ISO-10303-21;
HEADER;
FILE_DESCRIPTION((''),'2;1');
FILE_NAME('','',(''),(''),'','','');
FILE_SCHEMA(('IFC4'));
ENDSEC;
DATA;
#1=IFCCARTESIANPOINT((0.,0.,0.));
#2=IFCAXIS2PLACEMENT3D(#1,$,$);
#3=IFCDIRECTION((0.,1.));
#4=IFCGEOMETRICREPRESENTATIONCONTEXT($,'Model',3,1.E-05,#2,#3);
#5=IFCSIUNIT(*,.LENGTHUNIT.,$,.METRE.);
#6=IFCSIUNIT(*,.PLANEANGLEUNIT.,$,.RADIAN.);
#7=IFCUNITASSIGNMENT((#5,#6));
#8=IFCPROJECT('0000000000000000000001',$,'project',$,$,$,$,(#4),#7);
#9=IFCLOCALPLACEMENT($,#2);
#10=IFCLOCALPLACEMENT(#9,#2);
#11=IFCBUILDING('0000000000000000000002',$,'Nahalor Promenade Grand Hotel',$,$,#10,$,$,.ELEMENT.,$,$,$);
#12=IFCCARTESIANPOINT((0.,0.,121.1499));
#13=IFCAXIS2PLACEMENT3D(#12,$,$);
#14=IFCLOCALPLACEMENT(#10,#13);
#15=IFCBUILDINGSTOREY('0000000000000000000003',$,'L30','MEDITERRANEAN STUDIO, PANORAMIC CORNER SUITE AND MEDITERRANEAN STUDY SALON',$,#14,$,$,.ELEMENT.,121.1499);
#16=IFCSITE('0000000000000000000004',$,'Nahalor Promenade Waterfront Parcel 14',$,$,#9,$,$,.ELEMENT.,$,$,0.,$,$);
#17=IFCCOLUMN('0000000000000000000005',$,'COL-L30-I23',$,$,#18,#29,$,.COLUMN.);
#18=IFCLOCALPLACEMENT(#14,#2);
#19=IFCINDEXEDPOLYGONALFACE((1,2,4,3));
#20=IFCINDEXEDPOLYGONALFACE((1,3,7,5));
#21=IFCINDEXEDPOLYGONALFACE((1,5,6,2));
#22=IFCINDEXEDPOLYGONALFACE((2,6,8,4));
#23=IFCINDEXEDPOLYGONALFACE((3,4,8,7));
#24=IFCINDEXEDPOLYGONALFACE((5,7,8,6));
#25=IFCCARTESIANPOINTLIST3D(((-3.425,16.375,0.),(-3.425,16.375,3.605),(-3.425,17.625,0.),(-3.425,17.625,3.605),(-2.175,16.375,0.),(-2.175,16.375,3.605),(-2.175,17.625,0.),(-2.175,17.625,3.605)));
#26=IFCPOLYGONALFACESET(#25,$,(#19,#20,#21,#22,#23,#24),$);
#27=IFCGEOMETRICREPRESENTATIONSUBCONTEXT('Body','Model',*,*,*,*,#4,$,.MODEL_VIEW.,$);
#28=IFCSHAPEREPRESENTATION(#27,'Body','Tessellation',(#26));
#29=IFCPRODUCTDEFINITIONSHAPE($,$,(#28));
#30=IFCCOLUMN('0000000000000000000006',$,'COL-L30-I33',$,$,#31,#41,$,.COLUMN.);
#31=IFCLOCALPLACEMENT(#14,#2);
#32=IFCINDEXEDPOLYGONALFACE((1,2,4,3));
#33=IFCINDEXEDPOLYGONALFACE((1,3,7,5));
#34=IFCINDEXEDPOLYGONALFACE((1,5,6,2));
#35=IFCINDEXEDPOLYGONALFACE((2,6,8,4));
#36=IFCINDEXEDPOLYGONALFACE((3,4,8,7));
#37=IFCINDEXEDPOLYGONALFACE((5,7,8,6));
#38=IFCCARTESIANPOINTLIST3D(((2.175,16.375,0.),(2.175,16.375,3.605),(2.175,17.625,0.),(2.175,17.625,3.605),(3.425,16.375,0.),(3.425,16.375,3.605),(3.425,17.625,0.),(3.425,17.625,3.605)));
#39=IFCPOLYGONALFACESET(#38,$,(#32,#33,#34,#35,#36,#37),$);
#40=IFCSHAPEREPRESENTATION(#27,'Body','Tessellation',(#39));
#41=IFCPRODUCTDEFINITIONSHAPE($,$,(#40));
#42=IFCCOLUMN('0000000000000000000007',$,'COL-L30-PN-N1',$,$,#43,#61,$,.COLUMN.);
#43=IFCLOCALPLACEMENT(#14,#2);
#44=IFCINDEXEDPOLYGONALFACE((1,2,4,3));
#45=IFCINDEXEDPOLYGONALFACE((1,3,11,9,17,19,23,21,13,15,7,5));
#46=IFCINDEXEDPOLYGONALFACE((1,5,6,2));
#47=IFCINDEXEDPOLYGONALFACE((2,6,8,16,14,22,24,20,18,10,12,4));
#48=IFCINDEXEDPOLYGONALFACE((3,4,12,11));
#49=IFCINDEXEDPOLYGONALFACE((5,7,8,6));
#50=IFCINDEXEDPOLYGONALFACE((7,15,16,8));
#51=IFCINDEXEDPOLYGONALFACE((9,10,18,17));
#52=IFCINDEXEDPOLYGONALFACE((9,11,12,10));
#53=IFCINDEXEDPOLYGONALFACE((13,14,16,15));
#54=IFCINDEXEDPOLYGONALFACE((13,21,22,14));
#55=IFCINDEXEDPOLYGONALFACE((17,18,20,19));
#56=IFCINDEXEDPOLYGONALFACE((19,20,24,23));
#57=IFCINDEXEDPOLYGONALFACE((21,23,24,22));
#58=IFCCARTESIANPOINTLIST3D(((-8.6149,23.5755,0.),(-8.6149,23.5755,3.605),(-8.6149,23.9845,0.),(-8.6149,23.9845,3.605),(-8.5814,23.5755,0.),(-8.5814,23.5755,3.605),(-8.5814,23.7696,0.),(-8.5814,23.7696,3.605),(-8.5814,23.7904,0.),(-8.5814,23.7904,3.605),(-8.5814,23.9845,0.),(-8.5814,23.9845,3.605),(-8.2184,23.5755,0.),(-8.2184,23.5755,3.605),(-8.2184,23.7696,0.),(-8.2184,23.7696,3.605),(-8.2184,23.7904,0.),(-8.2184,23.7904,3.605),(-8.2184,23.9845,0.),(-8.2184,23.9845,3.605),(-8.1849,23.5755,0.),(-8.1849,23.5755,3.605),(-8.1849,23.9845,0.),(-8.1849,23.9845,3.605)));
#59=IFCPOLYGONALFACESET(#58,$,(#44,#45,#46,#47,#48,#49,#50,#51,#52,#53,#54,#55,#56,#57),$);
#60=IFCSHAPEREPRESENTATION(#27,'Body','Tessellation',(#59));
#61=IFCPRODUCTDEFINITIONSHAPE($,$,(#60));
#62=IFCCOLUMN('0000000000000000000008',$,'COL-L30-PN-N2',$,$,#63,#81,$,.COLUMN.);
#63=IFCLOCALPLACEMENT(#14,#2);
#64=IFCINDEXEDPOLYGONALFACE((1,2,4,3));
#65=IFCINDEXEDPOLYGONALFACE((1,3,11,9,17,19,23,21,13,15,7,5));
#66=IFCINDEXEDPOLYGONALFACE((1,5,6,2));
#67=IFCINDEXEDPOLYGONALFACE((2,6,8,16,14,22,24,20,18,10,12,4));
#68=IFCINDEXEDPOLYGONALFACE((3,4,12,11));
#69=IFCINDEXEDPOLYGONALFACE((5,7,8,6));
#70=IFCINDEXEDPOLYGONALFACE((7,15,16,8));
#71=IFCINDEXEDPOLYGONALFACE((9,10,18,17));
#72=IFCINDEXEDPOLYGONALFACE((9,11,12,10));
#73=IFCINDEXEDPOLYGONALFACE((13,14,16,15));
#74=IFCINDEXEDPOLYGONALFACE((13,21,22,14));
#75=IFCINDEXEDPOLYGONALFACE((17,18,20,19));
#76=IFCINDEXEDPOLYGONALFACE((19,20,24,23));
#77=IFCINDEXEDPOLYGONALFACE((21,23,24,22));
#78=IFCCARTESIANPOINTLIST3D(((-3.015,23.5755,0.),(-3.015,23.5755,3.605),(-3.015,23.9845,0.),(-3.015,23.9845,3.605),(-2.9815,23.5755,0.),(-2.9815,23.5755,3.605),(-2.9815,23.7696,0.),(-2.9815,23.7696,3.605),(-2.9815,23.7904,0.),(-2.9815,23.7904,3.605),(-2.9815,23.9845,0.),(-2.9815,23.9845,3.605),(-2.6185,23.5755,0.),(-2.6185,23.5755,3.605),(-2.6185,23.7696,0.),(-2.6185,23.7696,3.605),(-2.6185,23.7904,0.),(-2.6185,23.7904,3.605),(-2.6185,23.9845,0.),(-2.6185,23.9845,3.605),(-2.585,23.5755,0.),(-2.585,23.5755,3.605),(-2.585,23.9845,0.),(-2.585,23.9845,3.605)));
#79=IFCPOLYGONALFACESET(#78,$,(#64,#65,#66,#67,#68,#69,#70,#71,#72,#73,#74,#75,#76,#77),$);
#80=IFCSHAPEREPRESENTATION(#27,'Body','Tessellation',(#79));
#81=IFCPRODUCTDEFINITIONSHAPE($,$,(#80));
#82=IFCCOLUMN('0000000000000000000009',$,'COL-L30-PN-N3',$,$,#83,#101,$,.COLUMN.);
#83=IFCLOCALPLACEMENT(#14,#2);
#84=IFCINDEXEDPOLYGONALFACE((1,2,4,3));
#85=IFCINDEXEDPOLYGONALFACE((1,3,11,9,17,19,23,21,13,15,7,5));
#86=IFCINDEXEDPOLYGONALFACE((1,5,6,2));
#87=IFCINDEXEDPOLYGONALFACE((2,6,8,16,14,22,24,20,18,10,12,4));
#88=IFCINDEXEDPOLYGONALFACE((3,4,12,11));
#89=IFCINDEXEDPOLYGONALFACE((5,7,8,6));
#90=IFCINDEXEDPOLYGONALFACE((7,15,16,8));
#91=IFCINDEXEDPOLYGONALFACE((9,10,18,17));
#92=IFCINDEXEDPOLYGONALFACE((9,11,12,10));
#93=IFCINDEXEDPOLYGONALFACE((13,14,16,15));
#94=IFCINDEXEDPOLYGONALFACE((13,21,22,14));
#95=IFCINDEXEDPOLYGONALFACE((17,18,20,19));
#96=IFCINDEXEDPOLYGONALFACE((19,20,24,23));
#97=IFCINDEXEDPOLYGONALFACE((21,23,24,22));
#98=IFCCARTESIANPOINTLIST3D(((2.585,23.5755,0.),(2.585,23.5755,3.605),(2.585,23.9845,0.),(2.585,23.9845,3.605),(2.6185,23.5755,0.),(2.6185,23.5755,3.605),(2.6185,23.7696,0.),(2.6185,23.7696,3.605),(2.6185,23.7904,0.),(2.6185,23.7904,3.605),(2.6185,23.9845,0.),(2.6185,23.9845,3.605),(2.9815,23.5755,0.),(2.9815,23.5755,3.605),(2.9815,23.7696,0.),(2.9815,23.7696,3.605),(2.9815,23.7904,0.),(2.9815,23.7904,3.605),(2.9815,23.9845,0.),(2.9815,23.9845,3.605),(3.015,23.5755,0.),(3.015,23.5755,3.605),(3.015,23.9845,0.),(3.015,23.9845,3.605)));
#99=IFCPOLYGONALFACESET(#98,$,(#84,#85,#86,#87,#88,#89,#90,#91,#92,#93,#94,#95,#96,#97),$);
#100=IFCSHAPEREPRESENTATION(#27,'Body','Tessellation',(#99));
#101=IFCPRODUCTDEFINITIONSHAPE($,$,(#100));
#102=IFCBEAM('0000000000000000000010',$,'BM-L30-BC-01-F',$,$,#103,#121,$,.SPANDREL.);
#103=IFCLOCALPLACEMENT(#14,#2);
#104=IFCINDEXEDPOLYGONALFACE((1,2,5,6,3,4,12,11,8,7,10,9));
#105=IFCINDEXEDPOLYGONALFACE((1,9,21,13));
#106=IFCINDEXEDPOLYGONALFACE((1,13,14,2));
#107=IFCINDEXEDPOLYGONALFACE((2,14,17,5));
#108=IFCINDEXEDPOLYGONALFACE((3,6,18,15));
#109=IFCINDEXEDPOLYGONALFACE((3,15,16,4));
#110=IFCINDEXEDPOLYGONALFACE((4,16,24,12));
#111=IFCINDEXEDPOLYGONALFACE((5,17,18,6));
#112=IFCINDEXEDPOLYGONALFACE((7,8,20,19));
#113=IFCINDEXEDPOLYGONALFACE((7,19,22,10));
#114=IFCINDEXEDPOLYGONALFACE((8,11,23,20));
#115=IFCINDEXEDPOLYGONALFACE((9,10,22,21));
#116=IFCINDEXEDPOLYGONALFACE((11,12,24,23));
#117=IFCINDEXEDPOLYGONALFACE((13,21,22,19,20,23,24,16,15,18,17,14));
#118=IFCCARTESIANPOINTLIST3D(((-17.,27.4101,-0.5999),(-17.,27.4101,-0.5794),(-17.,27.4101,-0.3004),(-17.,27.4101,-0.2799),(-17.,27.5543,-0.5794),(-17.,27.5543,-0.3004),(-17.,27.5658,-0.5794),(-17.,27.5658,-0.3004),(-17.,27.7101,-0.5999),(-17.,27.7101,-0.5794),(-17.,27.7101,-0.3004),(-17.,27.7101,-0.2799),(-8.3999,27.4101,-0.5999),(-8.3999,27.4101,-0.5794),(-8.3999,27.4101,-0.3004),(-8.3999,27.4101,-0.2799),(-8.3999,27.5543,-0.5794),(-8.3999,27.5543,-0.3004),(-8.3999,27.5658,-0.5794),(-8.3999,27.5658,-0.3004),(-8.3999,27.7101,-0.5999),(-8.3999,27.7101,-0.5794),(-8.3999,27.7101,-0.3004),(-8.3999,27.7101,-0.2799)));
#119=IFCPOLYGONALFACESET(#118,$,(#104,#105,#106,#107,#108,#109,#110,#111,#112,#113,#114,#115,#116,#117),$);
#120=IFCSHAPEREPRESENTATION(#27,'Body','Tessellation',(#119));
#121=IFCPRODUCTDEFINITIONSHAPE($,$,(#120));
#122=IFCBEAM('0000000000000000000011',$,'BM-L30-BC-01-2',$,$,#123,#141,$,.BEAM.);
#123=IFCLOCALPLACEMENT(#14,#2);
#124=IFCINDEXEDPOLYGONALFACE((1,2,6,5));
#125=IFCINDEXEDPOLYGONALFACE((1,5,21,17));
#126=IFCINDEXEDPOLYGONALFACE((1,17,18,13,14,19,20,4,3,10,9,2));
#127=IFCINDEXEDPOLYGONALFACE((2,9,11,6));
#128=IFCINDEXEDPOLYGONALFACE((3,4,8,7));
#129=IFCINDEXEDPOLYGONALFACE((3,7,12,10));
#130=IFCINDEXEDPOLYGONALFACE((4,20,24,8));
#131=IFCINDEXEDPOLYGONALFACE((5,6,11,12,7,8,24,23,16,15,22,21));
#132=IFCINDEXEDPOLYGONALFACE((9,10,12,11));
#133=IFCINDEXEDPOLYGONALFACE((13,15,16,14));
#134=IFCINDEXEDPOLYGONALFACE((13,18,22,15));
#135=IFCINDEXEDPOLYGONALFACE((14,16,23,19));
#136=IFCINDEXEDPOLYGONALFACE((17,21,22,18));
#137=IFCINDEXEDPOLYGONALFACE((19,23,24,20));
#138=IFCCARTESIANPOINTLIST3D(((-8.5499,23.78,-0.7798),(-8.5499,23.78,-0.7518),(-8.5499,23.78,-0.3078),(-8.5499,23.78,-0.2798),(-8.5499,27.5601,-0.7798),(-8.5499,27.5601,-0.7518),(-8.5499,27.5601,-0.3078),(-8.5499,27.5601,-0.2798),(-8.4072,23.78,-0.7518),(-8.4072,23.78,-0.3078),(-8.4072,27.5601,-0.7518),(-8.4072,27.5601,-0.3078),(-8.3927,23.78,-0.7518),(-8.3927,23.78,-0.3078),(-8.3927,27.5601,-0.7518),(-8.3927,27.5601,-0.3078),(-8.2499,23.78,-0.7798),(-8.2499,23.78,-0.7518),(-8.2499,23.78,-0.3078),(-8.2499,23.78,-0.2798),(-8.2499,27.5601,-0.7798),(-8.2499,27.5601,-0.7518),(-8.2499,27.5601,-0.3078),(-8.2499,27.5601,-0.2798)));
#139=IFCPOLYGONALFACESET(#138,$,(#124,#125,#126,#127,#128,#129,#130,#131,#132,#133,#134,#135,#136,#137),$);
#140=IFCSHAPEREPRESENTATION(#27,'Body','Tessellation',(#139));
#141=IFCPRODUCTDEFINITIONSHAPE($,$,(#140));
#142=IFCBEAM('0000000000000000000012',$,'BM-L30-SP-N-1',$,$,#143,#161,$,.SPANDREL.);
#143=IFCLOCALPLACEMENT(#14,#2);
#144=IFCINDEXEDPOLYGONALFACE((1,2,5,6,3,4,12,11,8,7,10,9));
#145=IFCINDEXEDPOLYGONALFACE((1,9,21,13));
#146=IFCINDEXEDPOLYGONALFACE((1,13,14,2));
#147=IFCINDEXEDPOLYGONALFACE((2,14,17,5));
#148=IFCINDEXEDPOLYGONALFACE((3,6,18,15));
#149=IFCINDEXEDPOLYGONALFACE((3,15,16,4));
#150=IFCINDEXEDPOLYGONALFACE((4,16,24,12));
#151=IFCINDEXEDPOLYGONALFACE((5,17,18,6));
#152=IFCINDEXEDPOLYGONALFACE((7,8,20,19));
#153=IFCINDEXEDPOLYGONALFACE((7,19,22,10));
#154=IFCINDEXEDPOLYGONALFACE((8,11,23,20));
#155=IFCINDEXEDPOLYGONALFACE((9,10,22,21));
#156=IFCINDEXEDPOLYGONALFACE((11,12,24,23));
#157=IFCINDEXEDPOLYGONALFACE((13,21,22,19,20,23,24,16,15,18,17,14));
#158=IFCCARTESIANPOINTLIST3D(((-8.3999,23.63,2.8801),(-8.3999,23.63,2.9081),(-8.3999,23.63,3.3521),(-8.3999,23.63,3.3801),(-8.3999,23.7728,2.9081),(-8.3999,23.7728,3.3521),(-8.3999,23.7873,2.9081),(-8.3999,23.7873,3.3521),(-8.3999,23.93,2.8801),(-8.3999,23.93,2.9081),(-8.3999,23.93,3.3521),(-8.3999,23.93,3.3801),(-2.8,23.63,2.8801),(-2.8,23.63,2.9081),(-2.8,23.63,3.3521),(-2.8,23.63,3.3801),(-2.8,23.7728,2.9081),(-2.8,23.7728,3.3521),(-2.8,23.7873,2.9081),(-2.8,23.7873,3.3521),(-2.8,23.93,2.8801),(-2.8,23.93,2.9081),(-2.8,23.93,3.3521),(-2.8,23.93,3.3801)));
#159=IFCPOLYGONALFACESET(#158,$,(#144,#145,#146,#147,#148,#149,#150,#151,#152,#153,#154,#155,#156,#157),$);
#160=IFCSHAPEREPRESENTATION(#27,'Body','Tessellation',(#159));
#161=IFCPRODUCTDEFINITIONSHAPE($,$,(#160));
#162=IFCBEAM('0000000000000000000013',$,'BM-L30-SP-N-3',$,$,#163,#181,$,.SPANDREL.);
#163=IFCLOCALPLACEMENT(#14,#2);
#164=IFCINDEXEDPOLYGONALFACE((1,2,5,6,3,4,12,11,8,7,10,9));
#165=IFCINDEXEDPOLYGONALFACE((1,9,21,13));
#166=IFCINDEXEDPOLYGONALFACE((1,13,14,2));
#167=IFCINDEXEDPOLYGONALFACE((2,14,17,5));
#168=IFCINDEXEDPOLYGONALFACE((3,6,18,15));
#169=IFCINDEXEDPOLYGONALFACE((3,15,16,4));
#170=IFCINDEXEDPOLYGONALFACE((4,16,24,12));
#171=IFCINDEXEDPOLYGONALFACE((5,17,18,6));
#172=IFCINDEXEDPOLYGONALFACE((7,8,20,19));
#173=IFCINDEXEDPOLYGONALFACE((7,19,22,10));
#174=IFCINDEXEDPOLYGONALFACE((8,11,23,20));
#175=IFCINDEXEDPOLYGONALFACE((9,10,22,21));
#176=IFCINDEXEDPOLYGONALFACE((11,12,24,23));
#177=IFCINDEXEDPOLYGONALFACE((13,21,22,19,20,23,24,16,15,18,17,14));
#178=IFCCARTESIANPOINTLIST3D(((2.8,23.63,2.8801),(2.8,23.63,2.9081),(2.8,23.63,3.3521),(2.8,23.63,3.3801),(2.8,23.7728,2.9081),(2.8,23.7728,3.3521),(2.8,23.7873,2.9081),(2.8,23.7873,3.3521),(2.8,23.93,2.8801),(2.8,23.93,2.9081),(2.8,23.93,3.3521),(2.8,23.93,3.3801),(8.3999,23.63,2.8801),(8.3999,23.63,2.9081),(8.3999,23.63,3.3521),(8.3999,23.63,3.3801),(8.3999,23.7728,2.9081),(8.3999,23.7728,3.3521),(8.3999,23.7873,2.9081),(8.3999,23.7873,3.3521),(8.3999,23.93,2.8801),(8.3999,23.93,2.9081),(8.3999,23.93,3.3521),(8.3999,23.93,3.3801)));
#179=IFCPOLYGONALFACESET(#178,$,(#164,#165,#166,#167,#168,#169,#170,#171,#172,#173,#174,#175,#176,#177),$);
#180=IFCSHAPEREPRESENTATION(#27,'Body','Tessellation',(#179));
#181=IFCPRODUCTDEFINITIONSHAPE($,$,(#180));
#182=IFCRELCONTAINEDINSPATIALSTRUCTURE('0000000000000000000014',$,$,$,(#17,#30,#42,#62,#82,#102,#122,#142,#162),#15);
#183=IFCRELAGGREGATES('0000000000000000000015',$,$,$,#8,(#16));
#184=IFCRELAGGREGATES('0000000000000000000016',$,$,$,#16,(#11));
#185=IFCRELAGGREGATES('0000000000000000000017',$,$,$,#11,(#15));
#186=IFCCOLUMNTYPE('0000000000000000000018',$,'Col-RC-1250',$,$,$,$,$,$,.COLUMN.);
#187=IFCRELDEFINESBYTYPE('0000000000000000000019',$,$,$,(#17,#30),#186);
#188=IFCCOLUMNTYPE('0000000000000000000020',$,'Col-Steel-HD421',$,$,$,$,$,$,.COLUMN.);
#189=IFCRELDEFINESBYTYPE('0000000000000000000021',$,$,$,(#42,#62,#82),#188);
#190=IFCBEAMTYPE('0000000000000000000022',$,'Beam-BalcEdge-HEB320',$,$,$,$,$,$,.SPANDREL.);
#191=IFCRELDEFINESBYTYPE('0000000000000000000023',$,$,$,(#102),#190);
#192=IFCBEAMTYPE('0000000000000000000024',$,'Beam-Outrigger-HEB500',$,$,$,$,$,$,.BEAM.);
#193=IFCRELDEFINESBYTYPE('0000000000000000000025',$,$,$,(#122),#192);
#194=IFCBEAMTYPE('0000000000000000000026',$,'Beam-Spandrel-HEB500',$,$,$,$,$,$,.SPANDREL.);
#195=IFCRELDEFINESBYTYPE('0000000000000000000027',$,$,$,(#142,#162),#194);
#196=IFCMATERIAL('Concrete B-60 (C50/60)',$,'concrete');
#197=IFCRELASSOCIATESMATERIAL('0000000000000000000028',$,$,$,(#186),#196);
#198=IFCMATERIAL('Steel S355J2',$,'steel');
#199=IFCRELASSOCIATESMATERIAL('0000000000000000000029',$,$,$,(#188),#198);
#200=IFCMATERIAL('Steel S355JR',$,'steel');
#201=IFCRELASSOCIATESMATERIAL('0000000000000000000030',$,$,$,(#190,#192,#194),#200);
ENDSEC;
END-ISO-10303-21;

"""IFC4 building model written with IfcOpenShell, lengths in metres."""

from ifc_helpers import new_model, si_unit, direction, frame, origin, origin_2d, place, context, subcontext, project, spatial, rectangle, i_section, extrude, source, transform, mapped, material, material_profile, profile_set, type_object, element, save


model = new_model("IFC4")

# Units and contexts
model_context = context("Model", 3, precision=1e-05, world=origin(), true_north=direction((0.0, 1.0)))
body_context = subcontext(model_context, "Body", "Model", "MODEL_VIEW")
ifc_project = project(units=[si_unit("LENGTHUNIT", "METRE"), si_unit("PLANEANGLEUNIT", "RADIAN")], contexts=[model_context])

# Site, building, storey
site_placement = place(None, origin())
site = spatial("IfcSite", under=ifc_project, at=site_placement, Name="Nahalor Promenade Waterfront Parcel 14", CompositionType="ELEMENT", RefElevation=0.0)
building_placement = place(site_placement, origin())
building = spatial("IfcBuilding", under=site, at=building_placement, Name="Nahalor Promenade Grand Hotel", CompositionType="ELEMENT")
storey_placement = place(building_placement, frame((0.0, 0.0, 121.1499)))
storey = spatial("IfcBuildingStorey", under=building, at=storey_placement, Name="L30", Description="MEDITERRANEAN STUDIO, PANORAMIC CORNER SUITE AND MEDITERRANEAN STUDY SALON", CompositionType="ELEMENT", Elevation=121.1499)

# Columns
ifc_material_1 = material(Name="Concrete B-60 (C50/60)", Category="concrete")
ifc_material_profile_1 = material_profile(ifc_material_1, rectangle(XDim=1.25, YDim=1.25, at=origin_2d()), Name="RC 1250x1250")
ifc_profile_set_1 = profile_set([ifc_material_profile_1], Name="Concrete B-60 (C50/60)")
column_type_1 = type_object("IfcColumnType", Name="Col-RC-1250", PredefinedType="COLUMN", material=ifc_profile_set_1)
shared_shape_1 = source(origin(), body_context, "Body", "SweptSolid", [
    extrude(rectangle(XDim=1.25, YDim=1.25, at=origin_2d()), origin(), (0.0, 0.0, 1.0), 3.605),
])
for number, where, z_axis, x_axis, name in (
    (1, (-2.8, 17.0, 0.0), (0.0, 0.0, 1.0), (1.0, 0.0, 0.0), "COL-L30-I23"),
    (2, (2.8, 17.0, 0.0), (0.0, 0.0, 1.0), (1.0, 0.0, 0.0), "COL-L30-I33"),
):
    element("IfcColumn", number, at=place(storey_placement, frame(where, z_axis=z_axis, x_axis=x_axis)), inside=storey, type_object=column_type_1, Name=name, PredefinedType="COLUMN", context=body_context, shape_type="MappedRepresentation", body=[
        mapped(shared_shape_1, transform((0.0, 0.0, 0.0), scale=1.0)),
    ])
ifc_material_2 = material(Name="Steel S355J2", Category="steel")
ifc_material_profile_2 = material_profile(ifc_material_2, i_section(OverallWidth=0.409, OverallDepth=0.43, WebThickness=0.0208, FlangeThickness=0.0335, at=origin_2d()), Name="HD 400x421")
ifc_profile_set_2 = profile_set([ifc_material_profile_2], Name="Steel S355J2")
column_type_2 = type_object("IfcColumnType", Name="Col-Steel-HD421", PredefinedType="COLUMN", material=ifc_profile_set_2)
shared_shape_2 = source(origin(), body_context, "Body", "SweptSolid", [
    extrude(i_section(OverallWidth=0.409, OverallDepth=0.43, WebThickness=0.0208, FlangeThickness=0.0335, at=origin_2d()), origin(), (0.0, 0.0, 1.0), 3.605),
])
for number, where, z_axis, x_axis, name in (
    (3, (-8.3999, 23.78, 0.0), (0.0, 0.0, 1.0), (0.0, 1.0, 0.0), "COL-L30-PN-N1"),
    (4, (-2.8, 23.78, 0.0), (0.0, 0.0, 1.0), (0.0, 1.0, 0.0), "COL-L30-PN-N2"),
    (5, (2.8, 23.78, 0.0), (0.0, 0.0, 1.0), (0.0, 1.0, 0.0), "COL-L30-PN-N3"),
):
    element("IfcColumn", number, at=place(storey_placement, frame(where, z_axis=z_axis, x_axis=x_axis)), inside=storey, type_object=column_type_2, Name=name, PredefinedType="COLUMN", context=body_context, shape_type="MappedRepresentation", body=[
        mapped(shared_shape_2, transform((0.0, 0.0, 0.0), scale=1.0)),
    ])

# Beams
ifc_material_3 = material(Name="Steel S355JR", Category="steel")
ifc_material_profile_3 = material_profile(ifc_material_3, i_section(OverallWidth=0.3, OverallDepth=0.32, WebThickness=0.0115, FlangeThickness=0.0205, at=origin_2d()), Name="HEB 320")
ifc_profile_set_3 = profile_set([ifc_material_profile_3], Name="Steel S355JR")
beam_type_1 = type_object("IfcBeamType", Name="Beam-BalcEdge-HEB320", PredefinedType="SPANDREL", material=ifc_profile_set_3)
shared_shape_3 = source(origin(), body_context, "Body", "SweptSolid", [
    extrude(i_section(OverallWidth=0.3, OverallDepth=0.32, WebThickness=0.0115, FlangeThickness=0.0205, at=origin_2d()), origin(), (0.0, 0.0, 1.0), 8.6001),
])
beam_1_placement = place(storey_placement, frame((-17.0, 27.5601, -0.4399), z_axis=(1.0, 0.0, 0.0), x_axis=(0.0, 1.0, 0.0)))
element("IfcBeam", 6, at=beam_1_placement, inside=storey, type_object=beam_type_1, Name="BM-L30-BC-01-F", PredefinedType="SPANDREL", context=body_context, shape_type="MappedRepresentation", body=[
    mapped(shared_shape_3, transform((0.0, 0.0, 0.0), scale=1.0)),
])
ifc_material_profile_4 = material_profile(ifc_material_3, i_section(OverallWidth=0.3, OverallDepth=0.5, WebThickness=0.0145, FlangeThickness=0.028, at=origin_2d()), Name="HEB 500")
ifc_profile_set_4 = profile_set([ifc_material_profile_4], Name="Steel S355JR")
beam_type_2 = type_object("IfcBeamType", Name="Beam-Outrigger-HEB500", PredefinedType="BEAM", material=ifc_profile_set_4)
shared_shape_4 = source(origin(), body_context, "Body", "SweptSolid", [
    extrude(i_section(OverallWidth=0.3, OverallDepth=0.5, WebThickness=0.0145, FlangeThickness=0.028, at=origin_2d()), origin(), (0.0, 0.0, 1.0), 3.78),
])
beam_2_placement = place(storey_placement, frame((-8.3999, 23.78, -0.5298), z_axis=(0.0, 1.0, 0.0), x_axis=(-1.0, 0.0, 0.0)))
element("IfcBeam", 7, at=beam_2_placement, inside=storey, type_object=beam_type_2, Name="BM-L30-BC-01-2", PredefinedType="BEAM", context=body_context, shape_type="MappedRepresentation", body=[
    mapped(shared_shape_4, transform((0.0, 0.0, 0.0), scale=1.0)),
])
ifc_material_profile_5 = material_profile(ifc_material_3, i_section(OverallWidth=0.3, OverallDepth=0.5, WebThickness=0.0145, FlangeThickness=0.028, at=origin_2d()), Name="HEB 500")
ifc_profile_set_5 = profile_set([ifc_material_profile_5], Name="Steel S355JR")
beam_type_3 = type_object("IfcBeamType", Name="Beam-Spandrel-HEB500", PredefinedType="SPANDREL", material=ifc_profile_set_5)
shared_shape_5 = source(origin(), body_context, "Body", "SweptSolid", [
    extrude(i_section(OverallWidth=0.3, OverallDepth=0.5, WebThickness=0.0145, FlangeThickness=0.028, at=origin_2d()), origin(), (0.0, 0.0, 1.0), 5.5999),
])
for number, where, z_axis, x_axis, name in (
    (8, (-8.3999, 23.78, 3.1301), (1.0, 0.0, 0.0), (0.0, 1.0, 0.0), "BM-L30-SP-N-1"),
    (9, (2.8, 23.78, 3.1301), (1.0, 0.0, 0.0), (0.0, 1.0, 0.0), "BM-L30-SP-N-3"),
):
    element("IfcBeam", number, at=place(storey_placement, frame(where, z_axis=z_axis, x_axis=x_axis)), inside=storey, type_object=beam_type_3, Name=name, PredefinedType="SPANDREL", context=body_context, shape_type="MappedRepresentation", body=[
        mapped(shared_shape_5, transform((0.0, 0.0, 0.0), scale=1.0)),
    ])

save(model, "model.ifc")
